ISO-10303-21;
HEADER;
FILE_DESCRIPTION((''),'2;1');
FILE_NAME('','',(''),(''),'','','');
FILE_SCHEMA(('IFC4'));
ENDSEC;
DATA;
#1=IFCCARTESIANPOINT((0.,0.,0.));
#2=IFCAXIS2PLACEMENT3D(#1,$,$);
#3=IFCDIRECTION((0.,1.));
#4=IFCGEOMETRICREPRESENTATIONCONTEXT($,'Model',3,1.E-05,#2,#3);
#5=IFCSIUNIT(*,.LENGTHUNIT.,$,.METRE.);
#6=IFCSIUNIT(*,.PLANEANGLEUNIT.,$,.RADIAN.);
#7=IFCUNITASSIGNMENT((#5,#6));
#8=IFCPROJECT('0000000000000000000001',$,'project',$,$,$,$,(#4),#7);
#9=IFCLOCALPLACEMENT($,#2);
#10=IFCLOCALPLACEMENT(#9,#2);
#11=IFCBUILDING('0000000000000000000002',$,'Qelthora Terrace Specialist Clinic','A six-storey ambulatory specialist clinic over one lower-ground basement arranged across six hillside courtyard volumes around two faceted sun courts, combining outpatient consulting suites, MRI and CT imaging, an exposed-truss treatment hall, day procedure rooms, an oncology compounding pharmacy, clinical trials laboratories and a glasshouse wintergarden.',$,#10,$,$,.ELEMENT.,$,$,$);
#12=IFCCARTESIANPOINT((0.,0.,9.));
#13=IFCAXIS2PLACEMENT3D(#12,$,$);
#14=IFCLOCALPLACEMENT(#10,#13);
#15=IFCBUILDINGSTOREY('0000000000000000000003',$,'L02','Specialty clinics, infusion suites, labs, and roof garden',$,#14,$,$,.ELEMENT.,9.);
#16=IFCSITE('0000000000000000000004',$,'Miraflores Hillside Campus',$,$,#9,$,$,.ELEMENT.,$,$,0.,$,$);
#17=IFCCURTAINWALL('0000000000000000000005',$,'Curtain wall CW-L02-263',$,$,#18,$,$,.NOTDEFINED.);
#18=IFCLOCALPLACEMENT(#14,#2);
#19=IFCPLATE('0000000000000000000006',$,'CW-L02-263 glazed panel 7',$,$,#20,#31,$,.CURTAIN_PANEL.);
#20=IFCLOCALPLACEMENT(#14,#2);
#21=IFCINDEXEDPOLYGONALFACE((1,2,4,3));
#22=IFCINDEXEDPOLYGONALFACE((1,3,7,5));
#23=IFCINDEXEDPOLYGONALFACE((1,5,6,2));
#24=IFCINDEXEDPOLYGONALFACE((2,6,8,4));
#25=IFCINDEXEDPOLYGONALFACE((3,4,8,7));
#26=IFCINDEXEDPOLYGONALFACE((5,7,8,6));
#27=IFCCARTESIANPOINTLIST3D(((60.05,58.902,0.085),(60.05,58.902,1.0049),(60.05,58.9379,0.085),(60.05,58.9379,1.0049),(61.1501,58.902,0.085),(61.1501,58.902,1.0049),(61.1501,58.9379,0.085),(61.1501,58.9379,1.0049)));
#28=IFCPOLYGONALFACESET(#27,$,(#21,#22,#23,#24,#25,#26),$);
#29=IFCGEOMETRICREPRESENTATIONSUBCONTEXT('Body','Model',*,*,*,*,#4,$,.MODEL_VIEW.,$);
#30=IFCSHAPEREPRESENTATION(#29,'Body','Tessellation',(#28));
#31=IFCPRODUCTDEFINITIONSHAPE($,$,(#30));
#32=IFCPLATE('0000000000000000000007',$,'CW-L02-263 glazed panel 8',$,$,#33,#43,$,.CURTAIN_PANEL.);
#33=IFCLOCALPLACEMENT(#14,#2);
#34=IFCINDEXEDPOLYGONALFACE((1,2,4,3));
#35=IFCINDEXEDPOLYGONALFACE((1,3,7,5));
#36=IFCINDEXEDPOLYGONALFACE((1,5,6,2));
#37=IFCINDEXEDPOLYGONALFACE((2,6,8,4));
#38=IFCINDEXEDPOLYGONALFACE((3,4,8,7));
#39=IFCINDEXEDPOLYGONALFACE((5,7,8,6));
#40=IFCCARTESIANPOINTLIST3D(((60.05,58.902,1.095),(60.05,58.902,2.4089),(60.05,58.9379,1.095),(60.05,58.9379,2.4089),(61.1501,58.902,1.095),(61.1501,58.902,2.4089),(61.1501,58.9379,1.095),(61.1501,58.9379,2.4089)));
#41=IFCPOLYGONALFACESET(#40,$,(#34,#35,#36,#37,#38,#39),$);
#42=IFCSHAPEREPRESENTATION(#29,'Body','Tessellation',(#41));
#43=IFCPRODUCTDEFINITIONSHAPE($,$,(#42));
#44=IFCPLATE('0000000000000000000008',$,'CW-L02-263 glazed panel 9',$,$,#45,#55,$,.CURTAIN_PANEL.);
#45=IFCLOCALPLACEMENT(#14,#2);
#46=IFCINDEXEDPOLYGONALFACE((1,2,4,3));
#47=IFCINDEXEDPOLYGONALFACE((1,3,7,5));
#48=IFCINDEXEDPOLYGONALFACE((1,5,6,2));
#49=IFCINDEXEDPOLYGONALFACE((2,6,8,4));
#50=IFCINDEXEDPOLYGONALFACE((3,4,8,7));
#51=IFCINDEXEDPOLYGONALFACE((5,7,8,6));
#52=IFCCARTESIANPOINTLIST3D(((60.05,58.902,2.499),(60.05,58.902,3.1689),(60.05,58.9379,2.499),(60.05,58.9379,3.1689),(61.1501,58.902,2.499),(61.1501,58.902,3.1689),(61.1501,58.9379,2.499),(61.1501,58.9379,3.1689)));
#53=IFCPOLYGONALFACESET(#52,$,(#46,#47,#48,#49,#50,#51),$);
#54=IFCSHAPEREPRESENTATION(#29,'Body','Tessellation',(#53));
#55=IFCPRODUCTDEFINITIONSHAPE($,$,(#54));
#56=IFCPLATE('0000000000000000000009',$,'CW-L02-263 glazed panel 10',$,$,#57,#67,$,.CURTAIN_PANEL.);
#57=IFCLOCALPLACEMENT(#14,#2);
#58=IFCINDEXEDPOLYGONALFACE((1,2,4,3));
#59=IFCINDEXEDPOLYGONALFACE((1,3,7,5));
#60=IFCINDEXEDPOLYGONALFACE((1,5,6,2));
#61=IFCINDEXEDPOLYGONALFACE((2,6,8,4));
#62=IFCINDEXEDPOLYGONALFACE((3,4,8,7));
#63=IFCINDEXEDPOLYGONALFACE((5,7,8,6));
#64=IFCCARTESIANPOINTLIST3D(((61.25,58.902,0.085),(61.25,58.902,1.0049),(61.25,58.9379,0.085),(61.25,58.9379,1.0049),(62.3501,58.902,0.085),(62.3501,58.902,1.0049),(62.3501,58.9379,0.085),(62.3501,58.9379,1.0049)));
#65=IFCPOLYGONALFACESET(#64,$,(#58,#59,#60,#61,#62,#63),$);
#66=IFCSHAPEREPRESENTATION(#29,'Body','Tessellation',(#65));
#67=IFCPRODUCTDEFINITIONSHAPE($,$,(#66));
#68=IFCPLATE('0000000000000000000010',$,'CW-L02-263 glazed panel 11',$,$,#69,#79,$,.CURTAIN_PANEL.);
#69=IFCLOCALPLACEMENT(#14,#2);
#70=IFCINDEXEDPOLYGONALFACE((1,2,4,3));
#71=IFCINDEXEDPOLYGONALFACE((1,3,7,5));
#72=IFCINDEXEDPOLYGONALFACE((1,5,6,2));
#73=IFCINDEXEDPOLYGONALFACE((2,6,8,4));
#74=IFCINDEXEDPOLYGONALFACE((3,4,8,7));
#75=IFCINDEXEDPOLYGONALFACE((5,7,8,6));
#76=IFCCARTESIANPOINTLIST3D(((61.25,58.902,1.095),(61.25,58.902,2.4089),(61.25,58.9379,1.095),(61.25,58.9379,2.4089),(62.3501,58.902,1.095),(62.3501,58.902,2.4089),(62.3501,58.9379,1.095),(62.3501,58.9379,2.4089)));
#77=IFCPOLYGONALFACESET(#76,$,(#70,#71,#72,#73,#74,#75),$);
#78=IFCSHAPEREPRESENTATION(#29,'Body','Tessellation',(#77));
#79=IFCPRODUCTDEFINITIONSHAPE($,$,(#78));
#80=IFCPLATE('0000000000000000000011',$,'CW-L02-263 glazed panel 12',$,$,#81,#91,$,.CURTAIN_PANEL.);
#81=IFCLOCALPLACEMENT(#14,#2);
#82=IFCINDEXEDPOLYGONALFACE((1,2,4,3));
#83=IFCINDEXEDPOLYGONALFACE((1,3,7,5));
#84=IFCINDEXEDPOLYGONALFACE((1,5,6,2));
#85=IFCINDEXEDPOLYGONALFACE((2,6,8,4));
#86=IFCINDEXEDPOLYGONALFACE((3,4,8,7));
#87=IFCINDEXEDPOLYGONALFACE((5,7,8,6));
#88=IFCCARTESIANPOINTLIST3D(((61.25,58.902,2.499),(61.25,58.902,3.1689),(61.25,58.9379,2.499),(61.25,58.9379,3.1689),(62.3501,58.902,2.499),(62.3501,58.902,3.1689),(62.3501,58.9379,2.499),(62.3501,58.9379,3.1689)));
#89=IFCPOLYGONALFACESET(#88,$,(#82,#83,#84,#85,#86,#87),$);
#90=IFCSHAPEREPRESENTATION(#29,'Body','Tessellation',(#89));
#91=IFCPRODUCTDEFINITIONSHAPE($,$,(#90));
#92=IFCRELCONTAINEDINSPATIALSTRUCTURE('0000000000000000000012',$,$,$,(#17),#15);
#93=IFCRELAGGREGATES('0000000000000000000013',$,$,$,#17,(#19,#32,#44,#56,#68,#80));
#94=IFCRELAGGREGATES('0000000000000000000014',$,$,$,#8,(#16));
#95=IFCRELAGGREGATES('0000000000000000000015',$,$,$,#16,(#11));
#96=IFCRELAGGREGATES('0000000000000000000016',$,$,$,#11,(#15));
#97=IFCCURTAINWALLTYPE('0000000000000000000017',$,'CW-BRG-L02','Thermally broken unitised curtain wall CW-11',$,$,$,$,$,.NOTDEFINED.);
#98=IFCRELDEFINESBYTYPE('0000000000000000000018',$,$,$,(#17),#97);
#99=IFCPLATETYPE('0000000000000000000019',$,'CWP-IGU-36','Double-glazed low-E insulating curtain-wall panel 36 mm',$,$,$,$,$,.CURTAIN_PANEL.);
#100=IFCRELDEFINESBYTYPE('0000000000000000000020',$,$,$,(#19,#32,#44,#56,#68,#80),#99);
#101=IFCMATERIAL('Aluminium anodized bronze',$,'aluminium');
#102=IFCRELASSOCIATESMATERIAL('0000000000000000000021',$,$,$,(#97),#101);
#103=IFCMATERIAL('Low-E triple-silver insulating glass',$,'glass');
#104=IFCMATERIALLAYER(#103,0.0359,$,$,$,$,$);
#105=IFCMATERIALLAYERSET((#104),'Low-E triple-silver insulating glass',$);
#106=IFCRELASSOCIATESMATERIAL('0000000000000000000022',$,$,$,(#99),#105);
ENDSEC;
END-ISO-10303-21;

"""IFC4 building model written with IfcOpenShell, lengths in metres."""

from ifc_helpers import new_model, si_unit, direction, frame, origin, origin_2d, place, context, subcontext, project, spatial, rectangle, extrude, material, layer, layer_set, type_object, element, aggregate, save


model = new_model("IFC4")

# Units and contexts
model_context = context("Model", 3, precision=1e-05, world=origin(), true_north=direction((0.0, 1.0)))
body_context = subcontext(model_context, "Body", "Model", "MODEL_VIEW")
ifc_project = project(units=[si_unit("LENGTHUNIT", "METRE"), si_unit("PLANEANGLEUNIT", "RADIAN")], contexts=[model_context])

# Site, building, storey
site_placement = place(None, origin())
site = spatial("IfcSite", under=ifc_project, at=site_placement, Name="Miraflores Hillside Campus", CompositionType="ELEMENT", RefElevation=0.0)
building_placement = place(site_placement, origin())
building = spatial("IfcBuilding", under=site, at=building_placement, Name="Qelthora Terrace Specialist Clinic", Description="A six-storey ambulatory specialist clinic over one lower-ground basement arranged across six hillside courtyard volumes around two faceted sun courts, combining outpatient consulting suites, MRI and CT imaging, an exposed-truss treatment hall, day procedure rooms, an oncology compounding pharmacy, clinical trials laboratories and a glasshouse wintergarden.", CompositionType="ELEMENT")
storey_placement = place(building_placement, frame((0.0, 0.0, 9.0)))
storey = spatial("IfcBuildingStorey", under=building, at=storey_placement, Name="L02", Description="Specialty clinics, infusion suites, labs, and roof garden", CompositionType="ELEMENT", Elevation=9.0)

# Curtain wall, plates
ifc_material_1 = material(Name="Aluminium anodized bronze", Category="aluminium")
curtain_wall_type = type_object("IfcCurtainWallType", Name="CW-BRG-L02", Description="Thermally broken unitised curtain wall CW-11", PredefinedType="NOTDEFINED", material=ifc_material_1)
curtain_wall_placement = place(storey_placement, origin())
curtain_wall = element("IfcCurtainWall", 1, at=curtain_wall_placement, inside=storey, type_object=curtain_wall_type, Name="Curtain wall CW-L02-263", PredefinedType="NOTDEFINED")
ifc_material_2 = material(Name="Low-E triple-silver insulating glass", Category="glass")
ifc_layer = layer(ifc_material_2, 0.0359)
ifc_layer_set = layer_set([ifc_layer], Name="Low-E triple-silver insulating glass")
plate_type = type_object("IfcPlateType", Name="CWP-IGU-36", Description="Double-glazed low-E insulating curtain-wall panel 36 mm", PredefinedType="CURTAIN_PANEL", material=ifc_layer_set)
plate_1_placement = place(storey_placement, frame((60.6001, 58.9199, 0.085), z_axis=(0.0, 0.0, 1.0), x_axis=(1.0, 0.0, 0.0)))
plate_1 = element("IfcPlate", 2, at=plate_1_placement, type_object=plate_type, Name="CW-L02-263 glazed panel 7", PredefinedType="CURTAIN_PANEL", context=body_context, shape_type="SweptSolid", body=[
    extrude(rectangle(XDim=1.1001, YDim=0.0359, at=origin_2d()), origin(), (0.0, 0.0, 1.0), 0.9199),
])
plate_2_placement = place(storey_placement, frame((60.6001, 58.9199, 1.095), z_axis=(0.0, 0.0, 1.0), x_axis=(1.0, 0.0, 0.0)))
plate_2 = element("IfcPlate", 3, at=plate_2_placement, type_object=plate_type, Name="CW-L02-263 glazed panel 8", PredefinedType="CURTAIN_PANEL", context=body_context, shape_type="SweptSolid", body=[
    extrude(rectangle(XDim=1.1001, YDim=0.0359, at=origin_2d()), origin(), (0.0, 0.0, 1.0), 1.314),
])
plate_3_placement = place(storey_placement, frame((60.6001, 58.9199, 2.499), z_axis=(0.0, 0.0, 1.0), x_axis=(1.0, 0.0, 0.0)))
plate_3 = element("IfcPlate", 4, at=plate_3_placement, type_object=plate_type, Name="CW-L02-263 glazed panel 9", PredefinedType="CURTAIN_PANEL", context=body_context, shape_type="SweptSolid", body=[
    extrude(rectangle(XDim=1.1001, YDim=0.0359, at=origin_2d()), origin(), (0.0, 0.0, 1.0), 0.6699),
])
plate_4_placement = place(storey_placement, frame((61.8, 58.9199, 0.085), z_axis=(0.0, 0.0, 1.0), x_axis=(1.0, 0.0, 0.0)))
plate_4 = element("IfcPlate", 5, at=plate_4_placement, type_object=plate_type, Name="CW-L02-263 glazed panel 10", PredefinedType="CURTAIN_PANEL", context=body_context, shape_type="SweptSolid", body=[
    extrude(rectangle(XDim=1.1001, YDim=0.0359, at=origin_2d()), origin(), (0.0, 0.0, 1.0), 0.9199),
])
plate_5_placement = place(storey_placement, frame((61.8, 58.9199, 1.095), z_axis=(0.0, 0.0, 1.0), x_axis=(1.0, 0.0, 0.0)))
plate_5 = element("IfcPlate", 6, at=plate_5_placement, type_object=plate_type, Name="CW-L02-263 glazed panel 11", PredefinedType="CURTAIN_PANEL", context=body_context, shape_type="SweptSolid", body=[
    extrude(rectangle(XDim=1.1001, YDim=0.0359, at=origin_2d()), origin(), (0.0, 0.0, 1.0), 1.314),
])
plate_6_placement = place(storey_placement, frame((61.8, 58.9199, 2.499), z_axis=(0.0, 0.0, 1.0), x_axis=(1.0, 0.0, 0.0)))
plate_6 = element("IfcPlate", 7, at=plate_6_placement, type_object=plate_type, Name="CW-L02-263 glazed panel 12", PredefinedType="CURTAIN_PANEL", context=body_context, shape_type="SweptSolid", body=[
    extrude(rectangle(XDim=1.1001, YDim=0.0359, at=origin_2d()), origin(), (0.0, 0.0, 1.0), 0.6699),
])
aggregate(curtain_wall, [plate_1, plate_2, plate_3, plate_4, plate_5, plate_6])

save(model, "model.ifc")
